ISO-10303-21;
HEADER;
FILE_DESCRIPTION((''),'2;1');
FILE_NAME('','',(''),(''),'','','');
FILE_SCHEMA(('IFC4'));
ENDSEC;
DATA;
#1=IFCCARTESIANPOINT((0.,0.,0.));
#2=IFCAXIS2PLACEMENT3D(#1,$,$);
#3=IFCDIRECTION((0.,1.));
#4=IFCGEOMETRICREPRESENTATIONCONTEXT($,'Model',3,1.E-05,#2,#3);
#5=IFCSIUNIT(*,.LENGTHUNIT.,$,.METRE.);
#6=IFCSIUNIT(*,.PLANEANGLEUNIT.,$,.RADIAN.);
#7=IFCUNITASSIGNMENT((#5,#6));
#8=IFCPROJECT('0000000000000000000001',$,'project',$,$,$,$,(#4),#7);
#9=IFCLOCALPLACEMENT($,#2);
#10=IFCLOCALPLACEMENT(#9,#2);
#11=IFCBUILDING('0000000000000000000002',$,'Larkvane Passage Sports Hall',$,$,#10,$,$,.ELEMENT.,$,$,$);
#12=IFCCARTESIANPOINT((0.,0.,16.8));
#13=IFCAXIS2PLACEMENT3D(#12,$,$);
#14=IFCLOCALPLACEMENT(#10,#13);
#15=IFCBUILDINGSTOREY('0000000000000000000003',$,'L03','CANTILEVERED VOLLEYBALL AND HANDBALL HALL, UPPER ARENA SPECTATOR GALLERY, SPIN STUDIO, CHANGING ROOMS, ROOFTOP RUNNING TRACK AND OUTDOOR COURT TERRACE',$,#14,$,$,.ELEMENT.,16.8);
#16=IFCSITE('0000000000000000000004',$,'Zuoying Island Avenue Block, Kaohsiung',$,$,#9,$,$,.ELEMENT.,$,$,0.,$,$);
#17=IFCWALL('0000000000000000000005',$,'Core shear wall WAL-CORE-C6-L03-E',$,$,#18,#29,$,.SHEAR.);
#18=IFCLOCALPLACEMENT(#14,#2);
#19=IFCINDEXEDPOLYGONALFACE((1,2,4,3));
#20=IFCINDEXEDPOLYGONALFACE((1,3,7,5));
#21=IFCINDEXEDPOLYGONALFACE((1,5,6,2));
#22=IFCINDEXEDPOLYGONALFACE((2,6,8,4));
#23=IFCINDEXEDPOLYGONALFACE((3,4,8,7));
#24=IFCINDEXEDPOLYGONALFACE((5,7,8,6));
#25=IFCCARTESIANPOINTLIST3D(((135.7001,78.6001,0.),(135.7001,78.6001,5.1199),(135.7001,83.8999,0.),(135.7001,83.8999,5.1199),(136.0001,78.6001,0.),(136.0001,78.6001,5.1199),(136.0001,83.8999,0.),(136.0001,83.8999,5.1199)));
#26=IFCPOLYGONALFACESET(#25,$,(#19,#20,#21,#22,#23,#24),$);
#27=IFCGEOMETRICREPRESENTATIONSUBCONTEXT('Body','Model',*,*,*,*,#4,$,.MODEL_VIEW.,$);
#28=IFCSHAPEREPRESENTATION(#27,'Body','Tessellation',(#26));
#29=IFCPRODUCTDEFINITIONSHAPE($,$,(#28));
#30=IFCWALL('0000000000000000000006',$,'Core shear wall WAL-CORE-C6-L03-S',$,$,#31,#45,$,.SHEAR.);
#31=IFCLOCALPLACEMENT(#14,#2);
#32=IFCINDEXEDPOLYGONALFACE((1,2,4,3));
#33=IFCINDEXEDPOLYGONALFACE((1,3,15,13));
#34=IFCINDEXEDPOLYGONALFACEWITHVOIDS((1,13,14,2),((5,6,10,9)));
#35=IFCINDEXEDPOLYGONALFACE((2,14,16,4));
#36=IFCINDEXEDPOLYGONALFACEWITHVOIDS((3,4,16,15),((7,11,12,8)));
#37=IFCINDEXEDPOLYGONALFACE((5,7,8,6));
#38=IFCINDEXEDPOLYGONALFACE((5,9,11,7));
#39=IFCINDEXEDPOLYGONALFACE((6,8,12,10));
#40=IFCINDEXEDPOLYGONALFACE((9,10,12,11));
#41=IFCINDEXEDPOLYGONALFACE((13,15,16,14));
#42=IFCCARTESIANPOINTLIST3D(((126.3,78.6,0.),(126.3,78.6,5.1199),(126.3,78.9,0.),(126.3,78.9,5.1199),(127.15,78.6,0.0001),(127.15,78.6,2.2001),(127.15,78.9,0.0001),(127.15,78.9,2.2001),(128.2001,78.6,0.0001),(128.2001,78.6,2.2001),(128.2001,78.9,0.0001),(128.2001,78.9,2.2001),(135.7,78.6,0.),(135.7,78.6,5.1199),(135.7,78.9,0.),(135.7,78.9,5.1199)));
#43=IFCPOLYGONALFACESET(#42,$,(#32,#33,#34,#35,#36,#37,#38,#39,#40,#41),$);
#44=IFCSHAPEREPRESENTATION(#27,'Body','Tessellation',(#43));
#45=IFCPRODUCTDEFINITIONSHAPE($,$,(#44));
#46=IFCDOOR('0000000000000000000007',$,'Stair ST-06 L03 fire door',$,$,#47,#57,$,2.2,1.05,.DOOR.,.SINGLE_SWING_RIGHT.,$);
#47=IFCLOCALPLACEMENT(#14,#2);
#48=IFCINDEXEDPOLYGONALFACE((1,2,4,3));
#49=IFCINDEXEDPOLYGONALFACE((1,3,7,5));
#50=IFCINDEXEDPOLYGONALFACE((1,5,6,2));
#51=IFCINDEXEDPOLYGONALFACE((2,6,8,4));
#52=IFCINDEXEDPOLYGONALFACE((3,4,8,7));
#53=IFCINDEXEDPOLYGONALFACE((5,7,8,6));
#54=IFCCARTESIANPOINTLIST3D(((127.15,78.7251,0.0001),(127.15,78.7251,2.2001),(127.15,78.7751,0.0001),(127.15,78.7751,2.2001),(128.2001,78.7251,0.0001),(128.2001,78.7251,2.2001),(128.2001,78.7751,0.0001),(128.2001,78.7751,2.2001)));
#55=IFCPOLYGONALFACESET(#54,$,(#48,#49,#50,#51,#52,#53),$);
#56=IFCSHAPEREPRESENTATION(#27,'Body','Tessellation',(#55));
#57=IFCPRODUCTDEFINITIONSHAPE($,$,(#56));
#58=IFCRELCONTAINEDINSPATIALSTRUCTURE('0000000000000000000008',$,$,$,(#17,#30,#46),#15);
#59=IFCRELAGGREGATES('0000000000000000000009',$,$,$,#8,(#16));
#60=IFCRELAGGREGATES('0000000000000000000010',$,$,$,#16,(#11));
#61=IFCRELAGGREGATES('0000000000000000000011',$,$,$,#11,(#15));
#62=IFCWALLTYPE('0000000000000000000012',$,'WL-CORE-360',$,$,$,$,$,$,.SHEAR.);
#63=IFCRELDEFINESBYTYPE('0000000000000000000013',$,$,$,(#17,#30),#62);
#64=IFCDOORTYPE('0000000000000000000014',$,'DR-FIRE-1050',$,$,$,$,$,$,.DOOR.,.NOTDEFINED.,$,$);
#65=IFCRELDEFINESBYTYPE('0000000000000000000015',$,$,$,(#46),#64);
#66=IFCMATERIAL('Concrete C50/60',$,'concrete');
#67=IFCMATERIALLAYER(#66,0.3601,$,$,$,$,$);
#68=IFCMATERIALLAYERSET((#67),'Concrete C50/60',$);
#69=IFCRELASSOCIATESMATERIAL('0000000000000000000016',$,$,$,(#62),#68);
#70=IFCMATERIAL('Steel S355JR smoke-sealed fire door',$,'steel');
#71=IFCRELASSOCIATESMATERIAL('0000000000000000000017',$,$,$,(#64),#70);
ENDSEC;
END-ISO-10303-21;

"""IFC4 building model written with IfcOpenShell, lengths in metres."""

from ifc_helpers import new_model, si_unit, direction, frame, frame_2d, origin, place, context, subcontext, project, spatial, rectangle, extrude, material, layer, layer_set, type_object, element, fill, save


model = new_model("IFC4")

# Units and contexts
model_context = context("Model", 3, precision=1e-05, world=origin(), true_north=direction((0.0, 1.0)))
body_context = subcontext(model_context, "Body", "Model", "MODEL_VIEW")
ifc_project = project(units=[si_unit("LENGTHUNIT", "METRE"), si_unit("PLANEANGLEUNIT", "RADIAN")], contexts=[model_context])

# Site, building, storey
site_placement = place(None, origin())
site = spatial("IfcSite", under=ifc_project, at=site_placement, Name="Zuoying Island Avenue Block, Kaohsiung", CompositionType="ELEMENT", RefElevation=0.0)
building_placement = place(site_placement, origin())
building = spatial("IfcBuilding", under=site, at=building_placement, Name="Larkvane Passage Sports Hall", CompositionType="ELEMENT")
storey_placement = place(building_placement, frame((0.0, 0.0, 16.8)))
storey = spatial("IfcBuildingStorey", under=building, at=storey_placement, Name="L03", Description="CANTILEVERED VOLLEYBALL AND HANDBALL HALL, UPPER ARENA SPECTATOR GALLERY, SPIN STUDIO, CHANGING ROOMS, ROOFTOP RUNNING TRACK AND OUTDOOR COURT TERRACE", CompositionType="ELEMENT", Elevation=16.8)

# Wall
ifc_material_1 = material(Name="Concrete C50/60", Category="concrete")
ifc_layer_1 = layer(ifc_material_1, 0.3601)
ifc_layer_set_1 = layer_set([ifc_layer_1], Name="Concrete C50/60")
wall_type = type_object("IfcWallType", Name="WL-CORE-360", PredefinedType="SHEAR", material=ifc_layer_set_1)
wall_1_placement = place(storey_placement, frame((135.8501, 83.8999, 0.0), z_axis=(0.0, 0.0, 1.0), x_axis=(0.0, -1.0, 0.0)))
element("IfcWall", 1, at=wall_1_placement, inside=storey, type_object=wall_type, Name="Core shear wall WAL-CORE-C6-L03-E", PredefinedType="SHEAR", context=body_context, shape_type="SweptSolid", body=[
    extrude(rectangle(XDim=5.2998, YDim=0.3, at=frame_2d((2.6499, 0.0))), origin(), (0.0, 0.0, 1.0), 5.1199),
])

# Wall, opening, door
wall_2_placement = place(storey_placement, frame((135.7, 78.75, 0.0), z_axis=(0.0, 0.0, 1.0), x_axis=(-1.0, 0.0, 0.0)))
wall_2 = element("IfcWall", 2, at=wall_2_placement, inside=storey, type_object=wall_type, Name="Core shear wall WAL-CORE-C6-L03-S", PredefinedType="SHEAR", context=body_context, shape_type="SweptSolid", body=[
    extrude(rectangle(XDim=9.3999, YDim=0.3, at=frame_2d((4.7, 0.0))), origin(), (0.0, 0.0, 1.0), 5.1199),
])
opening_placement = place(wall_2_placement, frame((7.5, 0.0, 0.0)))
opening = element("IfcOpeningElement", 3, at=opening_placement, cuts=wall_2, PredefinedType="OPENING", context=body_context, shape_type="SweptSolid", body=[
    extrude(rectangle(XDim=1.05, YDim=2.2, at=frame_2d((0.5249, 1.1001))), frame((0.0, 0.1599, 0.0), z_axis=(0.0, -1.0, 0.0), x_axis=(1.0, 0.0, 0.0)), (0.0, 0.0, 1.0), 0.3201),
])
ifc_material_2 = material(Name="Steel S355JR smoke-sealed fire door", Category="steel")
door_type = type_object("IfcDoorType", Name="DR-FIRE-1050", OperationType="NOTDEFINED", PredefinedType="DOOR", material=ifc_material_2)
door_placement = place(opening_placement, origin())
door = element("IfcDoor", 4, at=door_placement, inside=storey, type_object=door_type, Name="Stair ST-06 L03 fire door", OperationType="SINGLE_SWING_RIGHT", OverallHeight=2.2, OverallWidth=1.05, PredefinedType="DOOR", context=body_context, shape_type="SweptSolid", body=[
    extrude(rectangle(XDim=1.05, YDim=2.2, at=frame_2d((0.5249, 1.1001))), frame((0.0, 0.0249, 0.0), z_axis=(0.0, -1.0, 0.0), x_axis=(1.0, 0.0, 0.0)), (0.0, 0.0, 1.0), 0.05),
])
fill(opening, door)

save(model, "model.ifc")
